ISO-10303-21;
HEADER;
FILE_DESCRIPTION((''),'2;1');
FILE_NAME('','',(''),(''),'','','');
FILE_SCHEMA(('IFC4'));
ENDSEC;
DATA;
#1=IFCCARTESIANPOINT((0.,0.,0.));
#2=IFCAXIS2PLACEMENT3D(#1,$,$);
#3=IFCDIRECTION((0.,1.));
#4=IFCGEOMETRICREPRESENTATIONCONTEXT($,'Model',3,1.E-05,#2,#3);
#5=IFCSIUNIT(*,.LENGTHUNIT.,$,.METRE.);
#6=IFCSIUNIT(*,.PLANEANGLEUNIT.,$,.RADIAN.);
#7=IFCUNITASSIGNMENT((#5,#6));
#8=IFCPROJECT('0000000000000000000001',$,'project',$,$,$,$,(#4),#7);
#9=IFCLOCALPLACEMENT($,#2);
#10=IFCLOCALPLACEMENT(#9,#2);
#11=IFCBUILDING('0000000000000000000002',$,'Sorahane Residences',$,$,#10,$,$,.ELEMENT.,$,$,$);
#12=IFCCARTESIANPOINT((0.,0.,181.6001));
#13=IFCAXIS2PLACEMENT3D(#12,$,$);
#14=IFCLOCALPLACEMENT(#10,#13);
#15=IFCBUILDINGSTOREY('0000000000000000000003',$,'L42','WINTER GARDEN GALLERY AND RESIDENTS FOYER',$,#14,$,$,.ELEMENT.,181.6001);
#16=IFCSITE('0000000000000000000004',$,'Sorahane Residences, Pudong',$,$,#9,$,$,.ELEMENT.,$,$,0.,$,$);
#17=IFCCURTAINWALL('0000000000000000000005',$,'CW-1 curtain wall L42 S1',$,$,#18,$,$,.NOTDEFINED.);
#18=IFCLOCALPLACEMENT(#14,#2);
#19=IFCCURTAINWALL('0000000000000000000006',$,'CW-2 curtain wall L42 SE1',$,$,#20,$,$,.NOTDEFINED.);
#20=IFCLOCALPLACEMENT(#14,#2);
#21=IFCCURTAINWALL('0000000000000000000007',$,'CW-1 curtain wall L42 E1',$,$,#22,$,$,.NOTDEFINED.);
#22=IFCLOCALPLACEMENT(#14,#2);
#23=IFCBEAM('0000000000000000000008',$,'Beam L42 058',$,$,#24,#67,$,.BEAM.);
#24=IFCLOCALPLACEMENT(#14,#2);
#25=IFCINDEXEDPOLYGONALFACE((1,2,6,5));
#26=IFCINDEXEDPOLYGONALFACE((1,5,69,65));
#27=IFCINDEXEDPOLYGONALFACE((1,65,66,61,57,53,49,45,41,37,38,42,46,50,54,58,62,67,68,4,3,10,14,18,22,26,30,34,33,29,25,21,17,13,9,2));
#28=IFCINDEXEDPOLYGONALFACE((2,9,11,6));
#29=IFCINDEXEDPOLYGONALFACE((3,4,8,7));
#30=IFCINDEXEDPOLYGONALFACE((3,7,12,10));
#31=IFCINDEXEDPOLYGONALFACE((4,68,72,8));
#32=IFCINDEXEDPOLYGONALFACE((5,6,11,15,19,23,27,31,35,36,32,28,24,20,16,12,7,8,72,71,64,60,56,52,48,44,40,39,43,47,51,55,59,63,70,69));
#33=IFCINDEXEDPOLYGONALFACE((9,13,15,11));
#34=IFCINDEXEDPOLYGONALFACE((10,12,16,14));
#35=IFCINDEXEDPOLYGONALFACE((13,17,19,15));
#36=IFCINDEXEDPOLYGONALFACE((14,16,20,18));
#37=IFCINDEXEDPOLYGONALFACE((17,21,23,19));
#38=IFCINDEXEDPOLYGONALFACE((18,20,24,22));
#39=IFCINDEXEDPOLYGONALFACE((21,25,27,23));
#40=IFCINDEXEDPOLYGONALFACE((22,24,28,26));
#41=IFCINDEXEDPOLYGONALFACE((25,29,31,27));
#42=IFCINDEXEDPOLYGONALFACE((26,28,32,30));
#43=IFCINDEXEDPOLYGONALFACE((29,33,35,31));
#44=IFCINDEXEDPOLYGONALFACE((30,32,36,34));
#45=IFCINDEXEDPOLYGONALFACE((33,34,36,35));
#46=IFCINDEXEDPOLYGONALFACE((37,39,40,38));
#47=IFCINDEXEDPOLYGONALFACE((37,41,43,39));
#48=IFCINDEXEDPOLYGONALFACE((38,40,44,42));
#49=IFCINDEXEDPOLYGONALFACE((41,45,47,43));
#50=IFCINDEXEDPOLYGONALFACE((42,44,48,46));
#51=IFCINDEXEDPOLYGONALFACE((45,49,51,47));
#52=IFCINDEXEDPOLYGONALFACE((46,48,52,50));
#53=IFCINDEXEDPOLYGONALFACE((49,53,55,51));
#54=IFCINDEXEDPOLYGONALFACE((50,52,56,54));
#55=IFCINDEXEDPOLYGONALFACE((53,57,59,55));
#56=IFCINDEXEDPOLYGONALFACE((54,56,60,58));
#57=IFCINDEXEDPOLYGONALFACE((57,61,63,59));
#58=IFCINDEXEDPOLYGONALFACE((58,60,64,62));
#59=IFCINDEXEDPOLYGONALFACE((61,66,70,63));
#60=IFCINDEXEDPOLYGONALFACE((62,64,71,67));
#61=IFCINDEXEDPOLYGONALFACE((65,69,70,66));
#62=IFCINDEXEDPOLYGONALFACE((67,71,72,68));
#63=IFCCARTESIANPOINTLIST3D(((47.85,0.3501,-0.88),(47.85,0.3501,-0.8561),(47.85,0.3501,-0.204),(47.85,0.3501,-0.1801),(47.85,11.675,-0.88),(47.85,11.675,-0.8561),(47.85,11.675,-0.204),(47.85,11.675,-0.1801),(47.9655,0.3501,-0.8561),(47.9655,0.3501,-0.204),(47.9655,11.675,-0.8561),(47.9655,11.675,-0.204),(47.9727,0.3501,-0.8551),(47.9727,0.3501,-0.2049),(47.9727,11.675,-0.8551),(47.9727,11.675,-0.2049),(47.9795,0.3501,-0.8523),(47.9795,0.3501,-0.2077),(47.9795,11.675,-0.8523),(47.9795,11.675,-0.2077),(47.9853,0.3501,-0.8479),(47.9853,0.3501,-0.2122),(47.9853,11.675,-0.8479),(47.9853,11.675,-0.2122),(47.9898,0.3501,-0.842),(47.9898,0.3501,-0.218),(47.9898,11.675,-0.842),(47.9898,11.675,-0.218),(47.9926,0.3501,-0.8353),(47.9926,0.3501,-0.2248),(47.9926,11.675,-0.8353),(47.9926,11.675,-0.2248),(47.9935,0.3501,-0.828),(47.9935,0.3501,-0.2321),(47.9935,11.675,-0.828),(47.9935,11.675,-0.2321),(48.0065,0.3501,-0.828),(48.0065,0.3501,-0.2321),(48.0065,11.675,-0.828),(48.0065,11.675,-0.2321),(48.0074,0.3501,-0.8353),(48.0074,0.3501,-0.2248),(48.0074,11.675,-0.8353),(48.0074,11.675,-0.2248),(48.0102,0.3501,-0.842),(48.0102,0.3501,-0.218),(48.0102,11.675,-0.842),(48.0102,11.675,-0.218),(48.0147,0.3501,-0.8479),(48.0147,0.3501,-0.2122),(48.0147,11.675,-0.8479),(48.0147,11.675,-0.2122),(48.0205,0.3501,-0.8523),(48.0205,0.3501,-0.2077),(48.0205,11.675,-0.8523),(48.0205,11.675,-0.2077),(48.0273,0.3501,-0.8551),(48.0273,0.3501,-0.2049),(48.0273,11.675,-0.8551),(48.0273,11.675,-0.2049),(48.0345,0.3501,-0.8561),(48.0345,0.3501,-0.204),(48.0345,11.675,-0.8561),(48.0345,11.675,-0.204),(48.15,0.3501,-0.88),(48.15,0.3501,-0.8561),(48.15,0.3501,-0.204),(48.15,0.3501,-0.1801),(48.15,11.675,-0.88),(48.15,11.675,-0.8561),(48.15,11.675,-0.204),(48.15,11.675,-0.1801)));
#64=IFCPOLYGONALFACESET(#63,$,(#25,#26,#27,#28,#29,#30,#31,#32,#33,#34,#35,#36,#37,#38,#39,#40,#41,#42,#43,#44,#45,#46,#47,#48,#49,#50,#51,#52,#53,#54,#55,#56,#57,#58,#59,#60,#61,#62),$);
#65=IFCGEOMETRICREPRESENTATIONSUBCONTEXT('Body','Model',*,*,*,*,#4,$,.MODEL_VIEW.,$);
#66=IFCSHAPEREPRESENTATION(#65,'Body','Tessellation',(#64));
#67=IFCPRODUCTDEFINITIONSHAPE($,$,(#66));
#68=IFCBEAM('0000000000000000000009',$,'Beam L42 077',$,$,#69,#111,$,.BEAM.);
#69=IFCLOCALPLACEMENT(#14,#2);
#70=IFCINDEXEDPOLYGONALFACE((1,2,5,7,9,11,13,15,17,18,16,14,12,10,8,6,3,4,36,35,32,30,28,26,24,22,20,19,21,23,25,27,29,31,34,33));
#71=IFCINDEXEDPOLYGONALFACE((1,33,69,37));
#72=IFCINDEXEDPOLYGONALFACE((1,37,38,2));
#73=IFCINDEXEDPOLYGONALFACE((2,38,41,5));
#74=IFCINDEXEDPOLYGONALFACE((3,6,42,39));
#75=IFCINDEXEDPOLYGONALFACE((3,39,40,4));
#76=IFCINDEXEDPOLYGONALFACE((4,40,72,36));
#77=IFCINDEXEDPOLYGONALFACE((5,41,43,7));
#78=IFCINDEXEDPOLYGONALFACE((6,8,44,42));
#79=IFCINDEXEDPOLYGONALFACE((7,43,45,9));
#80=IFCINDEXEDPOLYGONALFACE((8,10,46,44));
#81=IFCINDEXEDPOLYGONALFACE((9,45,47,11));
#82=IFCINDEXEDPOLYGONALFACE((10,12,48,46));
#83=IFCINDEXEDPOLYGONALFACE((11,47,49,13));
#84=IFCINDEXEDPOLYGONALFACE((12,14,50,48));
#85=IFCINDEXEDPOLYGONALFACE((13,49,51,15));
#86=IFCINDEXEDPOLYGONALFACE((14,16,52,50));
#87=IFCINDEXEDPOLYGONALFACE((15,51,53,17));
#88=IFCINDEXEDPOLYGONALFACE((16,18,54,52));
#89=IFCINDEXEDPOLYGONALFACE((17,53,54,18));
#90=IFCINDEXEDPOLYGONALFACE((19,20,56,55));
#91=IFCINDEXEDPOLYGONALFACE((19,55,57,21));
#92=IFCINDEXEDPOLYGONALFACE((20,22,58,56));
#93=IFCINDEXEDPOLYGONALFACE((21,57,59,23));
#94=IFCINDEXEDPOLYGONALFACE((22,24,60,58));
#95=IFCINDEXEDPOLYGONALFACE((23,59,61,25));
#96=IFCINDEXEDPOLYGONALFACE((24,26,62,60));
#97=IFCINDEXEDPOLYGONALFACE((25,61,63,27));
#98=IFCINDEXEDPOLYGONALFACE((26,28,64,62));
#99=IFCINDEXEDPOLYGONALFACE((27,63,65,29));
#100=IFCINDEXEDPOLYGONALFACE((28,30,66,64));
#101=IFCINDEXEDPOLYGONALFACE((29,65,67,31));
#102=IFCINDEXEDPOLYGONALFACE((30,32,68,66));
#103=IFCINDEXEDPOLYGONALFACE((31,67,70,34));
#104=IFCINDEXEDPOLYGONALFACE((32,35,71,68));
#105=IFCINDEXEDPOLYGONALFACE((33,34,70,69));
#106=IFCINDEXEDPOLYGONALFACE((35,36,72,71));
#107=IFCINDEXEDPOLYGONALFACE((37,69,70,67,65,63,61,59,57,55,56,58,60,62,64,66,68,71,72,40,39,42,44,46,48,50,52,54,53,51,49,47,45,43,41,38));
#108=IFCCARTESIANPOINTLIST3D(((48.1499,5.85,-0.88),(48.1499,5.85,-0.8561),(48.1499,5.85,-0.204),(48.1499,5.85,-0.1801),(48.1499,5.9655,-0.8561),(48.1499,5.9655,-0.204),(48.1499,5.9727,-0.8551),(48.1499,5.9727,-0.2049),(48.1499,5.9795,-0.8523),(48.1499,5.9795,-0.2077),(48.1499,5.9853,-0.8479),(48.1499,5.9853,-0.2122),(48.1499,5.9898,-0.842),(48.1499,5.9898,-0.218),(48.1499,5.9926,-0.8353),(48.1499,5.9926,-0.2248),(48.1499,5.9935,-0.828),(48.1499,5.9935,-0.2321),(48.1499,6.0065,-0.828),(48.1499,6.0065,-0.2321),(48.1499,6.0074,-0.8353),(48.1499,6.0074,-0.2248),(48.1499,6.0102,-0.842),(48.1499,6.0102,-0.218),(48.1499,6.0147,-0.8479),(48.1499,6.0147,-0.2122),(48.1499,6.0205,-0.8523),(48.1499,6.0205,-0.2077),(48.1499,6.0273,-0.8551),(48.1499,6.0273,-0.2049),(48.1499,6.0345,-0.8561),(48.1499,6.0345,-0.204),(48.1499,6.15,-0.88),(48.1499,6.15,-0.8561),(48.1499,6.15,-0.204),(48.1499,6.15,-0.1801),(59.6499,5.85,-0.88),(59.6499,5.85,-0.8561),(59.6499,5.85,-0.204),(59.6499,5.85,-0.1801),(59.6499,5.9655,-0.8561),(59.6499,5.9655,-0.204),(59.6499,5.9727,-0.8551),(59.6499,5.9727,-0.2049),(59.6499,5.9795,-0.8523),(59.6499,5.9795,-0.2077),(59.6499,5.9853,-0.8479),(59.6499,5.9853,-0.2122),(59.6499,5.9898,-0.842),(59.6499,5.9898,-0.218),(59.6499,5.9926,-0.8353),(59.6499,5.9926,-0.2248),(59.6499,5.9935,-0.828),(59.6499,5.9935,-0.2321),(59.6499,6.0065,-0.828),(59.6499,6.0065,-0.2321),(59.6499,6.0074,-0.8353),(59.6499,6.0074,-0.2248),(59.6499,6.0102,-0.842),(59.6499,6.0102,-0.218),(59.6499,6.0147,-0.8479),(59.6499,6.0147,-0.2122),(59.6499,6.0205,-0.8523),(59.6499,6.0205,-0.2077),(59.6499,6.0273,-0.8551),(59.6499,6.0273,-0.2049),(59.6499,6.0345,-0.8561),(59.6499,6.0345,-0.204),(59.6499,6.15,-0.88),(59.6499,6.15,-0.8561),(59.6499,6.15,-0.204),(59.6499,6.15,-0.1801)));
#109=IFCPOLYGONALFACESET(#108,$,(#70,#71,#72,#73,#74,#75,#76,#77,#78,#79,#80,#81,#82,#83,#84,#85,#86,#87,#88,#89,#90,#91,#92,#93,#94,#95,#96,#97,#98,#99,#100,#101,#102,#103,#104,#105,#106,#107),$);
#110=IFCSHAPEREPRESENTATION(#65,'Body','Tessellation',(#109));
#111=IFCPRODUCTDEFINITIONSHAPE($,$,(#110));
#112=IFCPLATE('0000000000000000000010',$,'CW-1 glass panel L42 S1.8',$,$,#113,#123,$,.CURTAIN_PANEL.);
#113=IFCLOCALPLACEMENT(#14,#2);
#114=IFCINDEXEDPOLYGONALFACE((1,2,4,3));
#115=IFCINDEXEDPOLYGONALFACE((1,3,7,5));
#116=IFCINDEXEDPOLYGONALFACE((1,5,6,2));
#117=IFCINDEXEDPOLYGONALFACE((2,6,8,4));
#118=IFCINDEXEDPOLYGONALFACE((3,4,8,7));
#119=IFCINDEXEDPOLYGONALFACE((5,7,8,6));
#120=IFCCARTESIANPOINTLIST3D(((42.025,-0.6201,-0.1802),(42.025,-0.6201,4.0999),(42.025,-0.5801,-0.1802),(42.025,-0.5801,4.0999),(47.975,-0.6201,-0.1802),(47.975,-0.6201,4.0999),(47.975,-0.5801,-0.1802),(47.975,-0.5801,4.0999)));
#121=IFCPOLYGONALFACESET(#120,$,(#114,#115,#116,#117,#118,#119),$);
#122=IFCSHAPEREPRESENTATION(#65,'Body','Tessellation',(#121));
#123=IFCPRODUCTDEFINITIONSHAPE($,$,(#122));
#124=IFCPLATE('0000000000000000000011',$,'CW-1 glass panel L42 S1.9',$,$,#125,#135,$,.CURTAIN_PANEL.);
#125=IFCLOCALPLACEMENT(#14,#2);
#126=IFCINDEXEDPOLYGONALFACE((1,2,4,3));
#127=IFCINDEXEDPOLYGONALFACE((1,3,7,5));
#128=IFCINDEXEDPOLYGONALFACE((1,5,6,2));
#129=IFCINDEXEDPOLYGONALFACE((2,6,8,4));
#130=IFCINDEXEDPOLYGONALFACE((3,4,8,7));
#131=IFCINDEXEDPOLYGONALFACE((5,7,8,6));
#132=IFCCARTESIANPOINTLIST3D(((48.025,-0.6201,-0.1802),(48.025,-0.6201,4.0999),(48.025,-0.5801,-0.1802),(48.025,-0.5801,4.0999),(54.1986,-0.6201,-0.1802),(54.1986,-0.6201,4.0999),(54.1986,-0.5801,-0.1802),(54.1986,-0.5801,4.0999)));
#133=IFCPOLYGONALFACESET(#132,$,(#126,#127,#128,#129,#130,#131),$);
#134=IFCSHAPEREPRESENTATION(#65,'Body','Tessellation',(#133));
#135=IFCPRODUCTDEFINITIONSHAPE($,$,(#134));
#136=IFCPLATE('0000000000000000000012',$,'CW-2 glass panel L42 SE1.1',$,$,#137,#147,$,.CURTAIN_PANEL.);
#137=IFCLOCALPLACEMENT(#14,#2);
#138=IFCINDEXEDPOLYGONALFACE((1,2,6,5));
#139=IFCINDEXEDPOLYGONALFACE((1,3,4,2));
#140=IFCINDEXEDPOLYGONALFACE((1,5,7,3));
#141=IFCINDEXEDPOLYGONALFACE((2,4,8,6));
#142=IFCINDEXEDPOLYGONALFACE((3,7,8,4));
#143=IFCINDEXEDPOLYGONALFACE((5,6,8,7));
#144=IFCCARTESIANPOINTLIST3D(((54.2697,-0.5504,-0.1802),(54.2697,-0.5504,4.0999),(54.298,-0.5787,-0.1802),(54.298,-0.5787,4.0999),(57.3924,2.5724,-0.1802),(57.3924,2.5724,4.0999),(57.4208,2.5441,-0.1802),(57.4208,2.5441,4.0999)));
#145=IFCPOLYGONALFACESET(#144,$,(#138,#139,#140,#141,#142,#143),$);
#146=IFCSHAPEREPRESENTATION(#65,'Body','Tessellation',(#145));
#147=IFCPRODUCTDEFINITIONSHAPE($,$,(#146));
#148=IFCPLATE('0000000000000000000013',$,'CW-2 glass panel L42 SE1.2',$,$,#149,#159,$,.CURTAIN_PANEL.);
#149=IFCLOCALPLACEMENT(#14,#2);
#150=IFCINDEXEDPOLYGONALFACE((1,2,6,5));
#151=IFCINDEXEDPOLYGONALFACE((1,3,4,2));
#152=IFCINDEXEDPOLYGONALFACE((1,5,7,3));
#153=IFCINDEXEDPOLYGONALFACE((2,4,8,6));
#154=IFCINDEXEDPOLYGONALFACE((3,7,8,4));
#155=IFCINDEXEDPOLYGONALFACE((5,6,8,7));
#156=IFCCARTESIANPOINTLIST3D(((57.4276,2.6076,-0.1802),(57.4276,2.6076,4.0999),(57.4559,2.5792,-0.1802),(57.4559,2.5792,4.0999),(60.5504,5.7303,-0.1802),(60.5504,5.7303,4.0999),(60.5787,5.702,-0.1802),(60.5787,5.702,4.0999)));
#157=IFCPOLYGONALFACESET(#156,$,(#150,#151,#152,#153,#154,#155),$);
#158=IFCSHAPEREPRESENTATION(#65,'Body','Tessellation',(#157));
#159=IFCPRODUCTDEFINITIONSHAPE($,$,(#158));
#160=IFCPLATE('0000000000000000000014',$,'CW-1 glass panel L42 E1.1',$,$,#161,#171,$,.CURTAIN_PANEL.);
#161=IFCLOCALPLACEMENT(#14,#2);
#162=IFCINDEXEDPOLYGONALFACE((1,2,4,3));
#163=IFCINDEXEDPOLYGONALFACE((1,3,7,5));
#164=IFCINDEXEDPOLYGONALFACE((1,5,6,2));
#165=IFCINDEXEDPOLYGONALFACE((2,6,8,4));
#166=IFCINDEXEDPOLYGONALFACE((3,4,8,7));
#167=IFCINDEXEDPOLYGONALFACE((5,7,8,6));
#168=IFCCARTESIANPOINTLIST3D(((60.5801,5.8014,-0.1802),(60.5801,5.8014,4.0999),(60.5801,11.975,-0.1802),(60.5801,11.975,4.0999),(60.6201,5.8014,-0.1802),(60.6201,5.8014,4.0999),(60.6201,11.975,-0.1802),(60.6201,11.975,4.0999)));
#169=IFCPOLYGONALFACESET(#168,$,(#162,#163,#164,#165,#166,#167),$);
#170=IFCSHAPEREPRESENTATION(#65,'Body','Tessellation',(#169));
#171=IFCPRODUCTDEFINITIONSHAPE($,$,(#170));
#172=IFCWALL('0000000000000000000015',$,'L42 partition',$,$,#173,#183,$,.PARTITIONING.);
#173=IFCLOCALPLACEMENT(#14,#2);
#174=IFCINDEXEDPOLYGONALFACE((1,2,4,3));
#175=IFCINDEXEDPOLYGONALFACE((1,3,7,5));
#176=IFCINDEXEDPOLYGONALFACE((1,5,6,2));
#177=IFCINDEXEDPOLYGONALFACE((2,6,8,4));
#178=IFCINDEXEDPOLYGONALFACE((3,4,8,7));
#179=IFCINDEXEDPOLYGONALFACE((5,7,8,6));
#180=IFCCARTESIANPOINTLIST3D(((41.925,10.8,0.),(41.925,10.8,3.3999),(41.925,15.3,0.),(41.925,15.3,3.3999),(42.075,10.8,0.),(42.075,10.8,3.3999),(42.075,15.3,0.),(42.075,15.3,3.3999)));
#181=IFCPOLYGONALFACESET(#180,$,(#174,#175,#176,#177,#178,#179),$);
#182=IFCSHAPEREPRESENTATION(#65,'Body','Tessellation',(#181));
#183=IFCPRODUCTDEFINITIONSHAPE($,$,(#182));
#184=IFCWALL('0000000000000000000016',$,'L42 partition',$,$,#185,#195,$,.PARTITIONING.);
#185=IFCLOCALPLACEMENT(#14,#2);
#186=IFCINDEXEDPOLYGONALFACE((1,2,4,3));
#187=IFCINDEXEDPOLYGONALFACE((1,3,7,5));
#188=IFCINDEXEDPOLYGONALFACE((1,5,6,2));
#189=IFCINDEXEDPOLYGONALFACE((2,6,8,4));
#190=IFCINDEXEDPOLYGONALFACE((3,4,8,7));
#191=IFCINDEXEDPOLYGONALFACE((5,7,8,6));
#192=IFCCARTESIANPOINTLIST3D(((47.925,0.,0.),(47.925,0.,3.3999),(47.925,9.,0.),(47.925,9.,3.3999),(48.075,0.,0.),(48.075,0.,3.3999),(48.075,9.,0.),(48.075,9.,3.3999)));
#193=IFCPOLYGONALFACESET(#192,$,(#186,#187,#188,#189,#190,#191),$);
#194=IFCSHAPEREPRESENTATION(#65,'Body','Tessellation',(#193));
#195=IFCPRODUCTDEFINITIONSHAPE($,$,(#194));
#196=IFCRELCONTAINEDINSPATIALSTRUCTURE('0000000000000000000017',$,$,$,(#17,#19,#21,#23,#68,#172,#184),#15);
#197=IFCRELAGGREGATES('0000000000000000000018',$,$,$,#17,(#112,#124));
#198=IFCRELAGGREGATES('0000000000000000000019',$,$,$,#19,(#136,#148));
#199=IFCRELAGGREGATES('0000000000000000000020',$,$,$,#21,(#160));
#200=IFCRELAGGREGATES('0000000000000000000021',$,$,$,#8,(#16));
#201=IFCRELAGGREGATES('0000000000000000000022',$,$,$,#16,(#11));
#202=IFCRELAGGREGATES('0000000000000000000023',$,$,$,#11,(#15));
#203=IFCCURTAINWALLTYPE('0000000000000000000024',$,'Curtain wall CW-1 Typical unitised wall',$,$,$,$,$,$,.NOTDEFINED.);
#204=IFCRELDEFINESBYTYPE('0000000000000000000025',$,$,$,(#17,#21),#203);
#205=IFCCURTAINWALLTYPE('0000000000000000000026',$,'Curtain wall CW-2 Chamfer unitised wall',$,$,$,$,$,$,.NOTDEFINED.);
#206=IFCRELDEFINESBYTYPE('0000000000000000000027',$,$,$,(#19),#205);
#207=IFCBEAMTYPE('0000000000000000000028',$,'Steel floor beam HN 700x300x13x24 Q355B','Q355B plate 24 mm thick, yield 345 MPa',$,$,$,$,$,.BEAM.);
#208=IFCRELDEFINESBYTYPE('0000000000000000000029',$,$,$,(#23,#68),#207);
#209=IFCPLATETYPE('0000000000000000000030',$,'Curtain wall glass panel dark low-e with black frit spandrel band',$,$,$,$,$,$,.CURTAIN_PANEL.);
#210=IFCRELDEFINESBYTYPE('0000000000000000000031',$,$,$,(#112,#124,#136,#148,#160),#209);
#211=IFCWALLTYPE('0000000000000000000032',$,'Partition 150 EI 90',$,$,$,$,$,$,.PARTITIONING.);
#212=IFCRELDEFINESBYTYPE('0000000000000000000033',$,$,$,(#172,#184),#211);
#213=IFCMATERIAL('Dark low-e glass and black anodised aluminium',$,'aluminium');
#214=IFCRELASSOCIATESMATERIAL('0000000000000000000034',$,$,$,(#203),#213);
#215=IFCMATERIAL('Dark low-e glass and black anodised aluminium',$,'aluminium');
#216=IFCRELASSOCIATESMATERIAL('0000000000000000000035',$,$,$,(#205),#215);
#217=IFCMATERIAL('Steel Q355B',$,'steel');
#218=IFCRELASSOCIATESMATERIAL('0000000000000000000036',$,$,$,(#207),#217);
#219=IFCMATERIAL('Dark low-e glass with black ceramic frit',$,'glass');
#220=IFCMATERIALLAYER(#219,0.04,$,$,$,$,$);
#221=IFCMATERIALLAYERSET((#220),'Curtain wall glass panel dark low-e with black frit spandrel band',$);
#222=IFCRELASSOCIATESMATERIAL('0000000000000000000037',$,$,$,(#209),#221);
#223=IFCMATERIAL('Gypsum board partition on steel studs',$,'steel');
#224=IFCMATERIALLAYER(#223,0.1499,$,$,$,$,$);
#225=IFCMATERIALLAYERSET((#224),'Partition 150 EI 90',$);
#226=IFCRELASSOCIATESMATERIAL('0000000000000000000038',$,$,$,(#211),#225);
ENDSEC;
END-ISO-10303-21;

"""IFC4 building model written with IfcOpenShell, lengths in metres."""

from ifc_helpers import new_model, si_unit, direction, frame, frame_2d, origin, origin_2d, place, context, subcontext, project, spatial, rectangle, i_section, extrude, material, layer, layer_set, material_profile, profile_set, type_object, element, aggregate, save


model = new_model("IFC4")

# Units and contexts
model_context = context("Model", 3, precision=1e-05, world=origin(), true_north=direction((0.0, 1.0)))
body_context = subcontext(model_context, "Body", "Model", "MODEL_VIEW")
ifc_project = project(units=[si_unit("LENGTHUNIT", "METRE"), si_unit("PLANEANGLEUNIT", "RADIAN")], contexts=[model_context])

# Site, building, storey
site_placement = place(None, origin())
site = spatial("IfcSite", under=ifc_project, at=site_placement, Name="Sorahane Residences, Pudong", CompositionType="ELEMENT", RefElevation=0.0)
building_placement = place(site_placement, origin())
building = spatial("IfcBuilding", under=site, at=building_placement, Name="Sorahane Residences", CompositionType="ELEMENT")
storey_placement = place(building_placement, frame((0.0, 0.0, 181.6001)))
storey = spatial("IfcBuildingStorey", under=building, at=storey_placement, Name="L42", Description="WINTER GARDEN GALLERY AND RESIDENTS FOYER", CompositionType="ELEMENT", Elevation=181.6001)

# Curtain walls
ifc_material_1 = material(Name="Dark low-e glass and black anodised aluminium", Category="aluminium")
curtain_wall_type_1 = type_object("IfcCurtainWallType", Name="Curtain wall CW-1 Typical unitised wall", PredefinedType="NOTDEFINED", material=ifc_material_1)
curtain_wall_1_placement = place(storey_placement, origin())
curtain_wall_1 = element("IfcCurtainWall", 1, at=curtain_wall_1_placement, inside=storey, type_object=curtain_wall_type_1, Name="CW-1 curtain wall L42 S1", PredefinedType="NOTDEFINED")
ifc_material_2 = material(Name="Dark low-e glass and black anodised aluminium", Category="aluminium")
curtain_wall_type_2 = type_object("IfcCurtainWallType", Name="Curtain wall CW-2 Chamfer unitised wall", PredefinedType="NOTDEFINED", material=ifc_material_2)
curtain_wall_2_placement = place(storey_placement, origin())
curtain_wall_2 = element("IfcCurtainWall", 2, at=curtain_wall_2_placement, inside=storey, type_object=curtain_wall_type_2, Name="CW-2 curtain wall L42 SE1", PredefinedType="NOTDEFINED")

# Curtain wall
curtain_wall_3_placement = place(storey_placement, origin())
curtain_wall_3 = element("IfcCurtainWall", 3, at=curtain_wall_3_placement, inside=storey, type_object=curtain_wall_type_1, Name="CW-1 curtain wall L42 E1", PredefinedType="NOTDEFINED")

# Beams
ifc_material_3 = material(Name="Steel Q355B", Category="steel")
ifc_material_profile_1 = material_profile(ifc_material_3, i_section(OverallWidth=0.3, OverallDepth=0.7, WebThickness=0.0129, FlangeThickness=0.0239, FilletRadius=0.0281, at=origin_2d()), Name="HN 700x300x13x24")
ifc_profile_set_1 = profile_set([ifc_material_profile_1], Name="Steel Q355B")
beam_type_1 = type_object("IfcBeamType", Name="Steel floor beam HN 700x300x13x24 Q355B", Description="Q355B plate 24 mm thick, yield 345 MPa", PredefinedType="BEAM", material=ifc_profile_set_1)
beam_1_placement = place(storey_placement, frame((48.0, 0.3501, -0.53), z_axis=(0.0, 1.0, 0.0), x_axis=(-1.0, 0.0, 0.0)))
element("IfcBeam", 4, at=beam_1_placement, inside=storey, type_object=beam_type_1, Name="Beam L42 058", PredefinedType="BEAM", context=body_context, shape_type="SweptSolid", body=[
    extrude(i_section(OverallWidth=0.3, OverallDepth=0.7, WebThickness=0.0129, FlangeThickness=0.0239, FilletRadius=0.0281, at=origin_2d()), origin(), (0.0, 0.0, 1.0), 11.325),
])
beam_2_placement = place(storey_placement, frame((48.1499, 6.0, -0.53), z_axis=(1.0, 0.0, 0.0), x_axis=(0.0, 1.0, 0.0)))
element("IfcBeam", 5, at=beam_2_placement, inside=storey, type_object=beam_type_1, Name="Beam L42 077", PredefinedType="BEAM", context=body_context, shape_type="SweptSolid", body=[
    extrude(i_section(OverallWidth=0.3, OverallDepth=0.7, WebThickness=0.0129, FlangeThickness=0.0239, FilletRadius=0.0281, at=origin_2d()), origin(), (0.0, 0.0, 1.0), 11.5),
])

# Plates
ifc_material_4 = material(Name="Dark low-e glass with black ceramic frit", Category="glass")
ifc_layer_1 = layer(ifc_material_4, 0.04)
ifc_layer_set_1 = layer_set([ifc_layer_1], Name="Curtain wall glass panel dark low-e with black frit spandrel band")
plate_type = type_object("IfcPlateType", Name="Curtain wall glass panel dark low-e with black frit spandrel band", PredefinedType="CURTAIN_PANEL", material=ifc_layer_set_1)
plate_1_placement = place(storey_placement, frame((45.0, -0.6001, -0.1802), z_axis=(0.0, 0.0, 1.0), x_axis=(1.0, 0.0, 0.0)))
plate_1 = element("IfcPlate", 6, at=plate_1_placement, type_object=plate_type, Name="CW-1 glass panel L42 S1.8", PredefinedType="CURTAIN_PANEL", context=body_context, shape_type="SweptSolid", body=[
    extrude(rectangle(XDim=5.95, YDim=0.04, at=origin_2d()), origin(), (0.0, 0.0, 1.0), 4.28),
])
plate_2_placement = place(storey_placement, frame((51.1118, -0.6001, -0.1802), z_axis=(0.0, 0.0, 1.0), x_axis=(1.0, 0.0, 0.0)))
plate_2 = element("IfcPlate", 7, at=plate_2_placement, type_object=plate_type, Name="CW-1 glass panel L42 S1.9", PredefinedType="CURTAIN_PANEL", context=body_context, shape_type="SweptSolid", body=[
    extrude(rectangle(XDim=6.1736, YDim=0.04, at=origin_2d()), origin(), (0.0, 0.0, 1.0), 4.28),
])
aggregate(curtain_wall_1, [plate_1, plate_2])
plate_3_placement = place(storey_placement, frame((55.8452, 0.9968, -0.1802), z_axis=(0.0, 0.0, 1.0), x_axis=(0.707107, 0.707107, 0.0)))
plate_3 = element("IfcPlate", 8, at=plate_3_placement, type_object=plate_type, Name="CW-2 glass panel L42 SE1.1", PredefinedType="CURTAIN_PANEL", context=body_context, shape_type="SweptSolid", body=[
    extrude(rectangle(XDim=4.4163, YDim=0.04, at=origin_2d()), origin(), (0.0, 0.0, 1.0), 4.28),
])
plate_4_placement = place(storey_placement, frame((59.0032, 4.1548, -0.1802), z_axis=(0.0, 0.0, 1.0), x_axis=(0.707107, 0.707107, 0.0)))
plate_4 = element("IfcPlate", 9, at=plate_4_placement, type_object=plate_type, Name="CW-2 glass panel L42 SE1.2", PredefinedType="CURTAIN_PANEL", context=body_context, shape_type="SweptSolid", body=[
    extrude(rectangle(XDim=4.4163, YDim=0.04, at=origin_2d()), origin(), (0.0, 0.0, 1.0), 4.28),
])
aggregate(curtain_wall_2, [plate_3, plate_4])
plate_5_placement = place(storey_placement, frame((60.6001, 8.8882, -0.1802), z_axis=(0.0, 0.0, 1.0), x_axis=(0.0, 1.0, 0.0)))
plate_5 = element("IfcPlate", 10, at=plate_5_placement, type_object=plate_type, Name="CW-1 glass panel L42 E1.1", PredefinedType="CURTAIN_PANEL", context=body_context, shape_type="SweptSolid", body=[
    extrude(rectangle(XDim=6.1736, YDim=0.04, at=origin_2d()), origin(), (0.0, 0.0, 1.0), 4.28),
])
aggregate(curtain_wall_3, [plate_5])

# Walls
ifc_material_5 = material(Name="Gypsum board partition on steel studs", Category="steel")
ifc_layer_2 = layer(ifc_material_5, 0.1499)
ifc_layer_set_2 = layer_set([ifc_layer_2], Name="Partition 150 EI 90")
wall_type = type_object("IfcWallType", Name="Partition 150 EI 90", PredefinedType="PARTITIONING", material=ifc_layer_set_2)
wall_1_placement = place(storey_placement, frame((42.0, 10.8, 0.0), z_axis=(0.0, 0.0, 1.0), x_axis=(0.0, 1.0, 0.0)))
element("IfcWall", 11, at=wall_1_placement, inside=storey, type_object=wall_type, Name="L42 partition", PredefinedType="PARTITIONING", context=body_context, shape_type="SweptSolid", body=[
    extrude(rectangle(XDim=4.5, YDim=0.1499, at=frame_2d((2.25, 0.0))), origin(), (0.0, 0.0, 1.0), 3.3999),
])
wall_2_placement = place(storey_placement, frame((48.0, 0.0, 0.0), z_axis=(0.0, 0.0, 1.0), x_axis=(0.0, 1.0, 0.0)))
element("IfcWall", 12, at=wall_2_placement, inside=storey, type_object=wall_type, Name="L42 partition", PredefinedType="PARTITIONING", context=body_context, shape_type="SweptSolid", body=[
    extrude(rectangle(XDim=9.0, YDim=0.1499, at=frame_2d((4.5, 0.0))), origin(), (0.0, 0.0, 1.0), 3.3999),
])

save(model, "model.ifc")
